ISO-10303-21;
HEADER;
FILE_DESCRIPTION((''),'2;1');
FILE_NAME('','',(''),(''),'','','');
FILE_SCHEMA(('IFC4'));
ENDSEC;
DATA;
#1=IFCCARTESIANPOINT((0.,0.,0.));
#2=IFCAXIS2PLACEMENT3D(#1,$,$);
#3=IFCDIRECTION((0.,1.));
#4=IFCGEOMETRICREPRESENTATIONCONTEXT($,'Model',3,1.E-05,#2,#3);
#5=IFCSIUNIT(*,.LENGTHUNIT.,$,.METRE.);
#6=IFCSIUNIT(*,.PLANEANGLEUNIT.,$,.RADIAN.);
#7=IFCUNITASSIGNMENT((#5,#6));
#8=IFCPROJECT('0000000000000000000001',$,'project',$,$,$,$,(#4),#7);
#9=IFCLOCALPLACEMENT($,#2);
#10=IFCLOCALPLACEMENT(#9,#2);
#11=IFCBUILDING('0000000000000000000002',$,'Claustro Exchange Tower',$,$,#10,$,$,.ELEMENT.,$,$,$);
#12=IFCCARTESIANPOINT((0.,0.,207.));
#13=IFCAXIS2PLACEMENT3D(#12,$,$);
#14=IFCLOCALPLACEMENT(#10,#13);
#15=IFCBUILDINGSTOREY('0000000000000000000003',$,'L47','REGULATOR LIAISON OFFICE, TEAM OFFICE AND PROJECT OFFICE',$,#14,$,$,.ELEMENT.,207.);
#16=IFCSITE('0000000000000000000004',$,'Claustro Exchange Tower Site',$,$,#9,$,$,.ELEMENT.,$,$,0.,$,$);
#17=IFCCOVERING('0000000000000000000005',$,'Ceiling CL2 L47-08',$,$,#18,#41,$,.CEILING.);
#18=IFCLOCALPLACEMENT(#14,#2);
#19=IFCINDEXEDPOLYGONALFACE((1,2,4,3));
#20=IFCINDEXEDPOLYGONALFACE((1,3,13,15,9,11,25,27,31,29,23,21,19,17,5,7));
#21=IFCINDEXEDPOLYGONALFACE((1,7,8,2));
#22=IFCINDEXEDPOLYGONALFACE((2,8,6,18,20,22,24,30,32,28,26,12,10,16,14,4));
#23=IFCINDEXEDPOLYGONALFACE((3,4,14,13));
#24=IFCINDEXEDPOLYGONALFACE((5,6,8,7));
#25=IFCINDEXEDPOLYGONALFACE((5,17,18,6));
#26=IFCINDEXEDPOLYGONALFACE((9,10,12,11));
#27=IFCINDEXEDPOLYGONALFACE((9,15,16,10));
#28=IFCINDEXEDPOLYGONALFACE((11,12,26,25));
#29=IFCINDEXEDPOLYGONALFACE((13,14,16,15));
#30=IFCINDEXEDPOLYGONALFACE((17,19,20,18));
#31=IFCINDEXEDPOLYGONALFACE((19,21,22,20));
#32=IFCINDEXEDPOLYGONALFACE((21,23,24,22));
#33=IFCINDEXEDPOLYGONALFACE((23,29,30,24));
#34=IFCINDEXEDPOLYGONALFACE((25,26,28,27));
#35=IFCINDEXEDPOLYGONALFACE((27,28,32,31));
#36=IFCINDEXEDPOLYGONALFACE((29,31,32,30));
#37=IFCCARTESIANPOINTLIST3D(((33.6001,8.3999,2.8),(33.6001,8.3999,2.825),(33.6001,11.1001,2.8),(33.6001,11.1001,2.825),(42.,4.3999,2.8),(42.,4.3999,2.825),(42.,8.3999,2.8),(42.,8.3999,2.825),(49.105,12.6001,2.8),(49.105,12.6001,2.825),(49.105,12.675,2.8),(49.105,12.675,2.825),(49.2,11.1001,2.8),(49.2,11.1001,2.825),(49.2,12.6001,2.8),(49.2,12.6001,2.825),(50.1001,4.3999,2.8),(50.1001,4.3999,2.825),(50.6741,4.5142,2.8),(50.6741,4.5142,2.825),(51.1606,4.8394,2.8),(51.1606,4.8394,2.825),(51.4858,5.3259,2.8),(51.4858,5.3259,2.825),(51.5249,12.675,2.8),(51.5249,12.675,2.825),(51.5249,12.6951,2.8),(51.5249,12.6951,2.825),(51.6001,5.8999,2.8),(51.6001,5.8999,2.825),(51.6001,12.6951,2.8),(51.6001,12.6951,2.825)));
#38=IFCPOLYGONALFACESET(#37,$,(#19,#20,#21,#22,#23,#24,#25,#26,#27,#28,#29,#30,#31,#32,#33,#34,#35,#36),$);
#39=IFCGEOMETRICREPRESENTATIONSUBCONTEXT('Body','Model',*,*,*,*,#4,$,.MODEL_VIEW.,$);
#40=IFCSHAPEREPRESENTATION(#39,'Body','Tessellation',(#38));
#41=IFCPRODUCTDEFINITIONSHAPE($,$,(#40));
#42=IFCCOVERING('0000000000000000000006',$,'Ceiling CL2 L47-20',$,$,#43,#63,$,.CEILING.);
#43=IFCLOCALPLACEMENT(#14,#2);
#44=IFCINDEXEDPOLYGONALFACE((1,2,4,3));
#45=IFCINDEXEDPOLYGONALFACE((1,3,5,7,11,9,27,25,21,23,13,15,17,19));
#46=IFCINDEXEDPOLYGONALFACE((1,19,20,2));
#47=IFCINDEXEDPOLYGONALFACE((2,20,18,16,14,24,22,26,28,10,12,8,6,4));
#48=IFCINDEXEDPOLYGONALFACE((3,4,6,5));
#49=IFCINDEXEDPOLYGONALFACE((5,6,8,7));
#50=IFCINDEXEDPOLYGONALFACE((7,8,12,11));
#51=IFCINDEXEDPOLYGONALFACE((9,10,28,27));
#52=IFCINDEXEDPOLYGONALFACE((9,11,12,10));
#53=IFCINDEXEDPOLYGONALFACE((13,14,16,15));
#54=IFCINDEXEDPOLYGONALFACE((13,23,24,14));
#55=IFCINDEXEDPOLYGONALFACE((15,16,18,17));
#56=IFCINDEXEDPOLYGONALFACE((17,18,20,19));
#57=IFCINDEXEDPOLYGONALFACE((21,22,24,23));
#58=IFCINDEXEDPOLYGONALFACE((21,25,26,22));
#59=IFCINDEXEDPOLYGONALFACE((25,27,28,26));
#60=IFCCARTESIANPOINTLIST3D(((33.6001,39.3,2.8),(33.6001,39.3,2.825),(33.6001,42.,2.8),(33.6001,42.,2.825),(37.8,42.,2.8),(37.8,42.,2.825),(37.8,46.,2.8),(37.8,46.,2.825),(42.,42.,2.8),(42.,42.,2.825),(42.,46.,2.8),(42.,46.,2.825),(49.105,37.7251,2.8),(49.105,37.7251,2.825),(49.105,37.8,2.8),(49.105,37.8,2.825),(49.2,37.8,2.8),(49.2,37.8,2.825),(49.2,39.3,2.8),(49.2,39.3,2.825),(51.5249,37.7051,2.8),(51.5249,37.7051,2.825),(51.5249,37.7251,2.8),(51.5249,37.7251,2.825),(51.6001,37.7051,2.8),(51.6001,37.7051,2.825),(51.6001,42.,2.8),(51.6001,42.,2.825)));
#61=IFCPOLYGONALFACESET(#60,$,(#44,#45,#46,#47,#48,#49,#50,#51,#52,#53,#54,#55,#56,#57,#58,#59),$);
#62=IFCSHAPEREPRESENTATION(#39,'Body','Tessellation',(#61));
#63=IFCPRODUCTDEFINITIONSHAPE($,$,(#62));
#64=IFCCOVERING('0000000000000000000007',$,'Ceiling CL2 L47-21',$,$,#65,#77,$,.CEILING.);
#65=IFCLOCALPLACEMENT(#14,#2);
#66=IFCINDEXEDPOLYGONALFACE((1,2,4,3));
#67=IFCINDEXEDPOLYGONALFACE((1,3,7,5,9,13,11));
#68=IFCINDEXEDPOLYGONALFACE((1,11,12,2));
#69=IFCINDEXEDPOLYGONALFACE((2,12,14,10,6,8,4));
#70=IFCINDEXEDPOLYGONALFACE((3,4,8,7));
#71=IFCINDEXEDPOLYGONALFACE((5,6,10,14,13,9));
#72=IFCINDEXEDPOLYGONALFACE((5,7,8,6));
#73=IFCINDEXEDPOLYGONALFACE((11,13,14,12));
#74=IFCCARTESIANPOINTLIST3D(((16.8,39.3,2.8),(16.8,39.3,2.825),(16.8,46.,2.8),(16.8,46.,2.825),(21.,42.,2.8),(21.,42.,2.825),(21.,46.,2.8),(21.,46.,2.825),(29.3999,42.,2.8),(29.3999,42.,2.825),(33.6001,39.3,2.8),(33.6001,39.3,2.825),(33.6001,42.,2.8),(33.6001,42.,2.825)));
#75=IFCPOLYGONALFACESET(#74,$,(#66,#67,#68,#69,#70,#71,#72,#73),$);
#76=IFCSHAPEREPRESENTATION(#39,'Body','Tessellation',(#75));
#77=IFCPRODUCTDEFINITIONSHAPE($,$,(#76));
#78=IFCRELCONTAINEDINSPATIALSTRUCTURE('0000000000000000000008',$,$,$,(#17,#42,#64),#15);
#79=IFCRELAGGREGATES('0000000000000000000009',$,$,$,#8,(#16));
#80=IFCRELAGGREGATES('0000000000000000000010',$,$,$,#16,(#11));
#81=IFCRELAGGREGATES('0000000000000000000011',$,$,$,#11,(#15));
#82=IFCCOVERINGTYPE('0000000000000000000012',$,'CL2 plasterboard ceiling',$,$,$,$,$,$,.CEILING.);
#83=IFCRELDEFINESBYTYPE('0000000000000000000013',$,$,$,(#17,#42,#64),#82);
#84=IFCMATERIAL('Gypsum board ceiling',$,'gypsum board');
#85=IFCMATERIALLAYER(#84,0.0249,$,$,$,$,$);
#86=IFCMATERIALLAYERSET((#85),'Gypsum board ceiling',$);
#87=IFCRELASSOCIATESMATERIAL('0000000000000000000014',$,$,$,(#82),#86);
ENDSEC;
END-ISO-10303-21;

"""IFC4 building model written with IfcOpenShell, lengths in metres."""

from ifc_helpers import new_model, si_unit, direction, frame, origin, place, context, subcontext, project, spatial, polyline, outline, extrude, material, layer, layer_set, type_object, element, save


model = new_model("IFC4")

# Units and contexts
model_context = context("Model", 3, precision=1e-05, world=origin(), true_north=direction((0.0, 1.0)))
body_context = subcontext(model_context, "Body", "Model", "MODEL_VIEW")
ifc_project = project(units=[si_unit("LENGTHUNIT", "METRE"), si_unit("PLANEANGLEUNIT", "RADIAN")], contexts=[model_context])

# Site, building, storey
site_placement = place(None, origin())
site = spatial("IfcSite", under=ifc_project, at=site_placement, Name="Claustro Exchange Tower Site", CompositionType="ELEMENT", RefElevation=0.0)
building_placement = place(site_placement, origin())
building = spatial("IfcBuilding", under=site, at=building_placement, Name="Claustro Exchange Tower", CompositionType="ELEMENT")
storey_placement = place(building_placement, frame((0.0, 0.0, 207.0)))
storey = spatial("IfcBuildingStorey", under=building, at=storey_placement, Name="L47", Description="REGULATOR LIAISON OFFICE, TEAM OFFICE AND PROJECT OFFICE", CompositionType="ELEMENT", Elevation=207.0)

# Coverings
ifc_material_1 = material(Name="Gypsum board ceiling", Category="gypsum board")
ifc_layer_1 = layer(ifc_material_1, 0.0249)
ifc_layer_set_1 = layer_set([ifc_layer_1], Name="Gypsum board ceiling")
covering_type_1 = type_object("IfcCoveringType", Name="CL2 plasterboard ceiling", PredefinedType="CEILING", material=ifc_layer_set_1)
covering_1_placement = place(storey_placement, frame((0.0, 0.0, 2.8)))
element("IfcCovering", 1, at=covering_1_placement, inside=storey, type_object=covering_type_1, Name="Ceiling CL2 L47-08", PredefinedType="CEILING", context=body_context, shape_type="SweptSolid", body=[
    extrude(outline(polyline([(51.6001, 5.8999), (51.6001, 12.6951), (51.5249, 12.6951), (51.5249, 12.675), (49.105, 12.675), (49.105, 12.6001), (49.2, 12.6001), (49.2, 11.1001), (33.6001, 11.1001), (33.6001, 8.3999), (42.0, 8.3999), (42.0, 4.3999), (50.1001, 4.3999), (50.6741, 4.5142), (51.1606, 4.8394), (51.4858, 5.3259), (51.6001, 5.8999)])), origin(), (0.0, 0.0, 1.0), 0.0249),
])
covering_2_placement = place(storey_placement, frame((0.0, 0.0, 2.8)))
element("IfcCovering", 2, at=covering_2_placement, inside=storey, type_object=covering_type_1, Name="Ceiling CL2 L47-20", PredefinedType="CEILING", context=body_context, shape_type="SweptSolid", body=[
    extrude(outline(polyline([(51.5249, 37.7251), (51.5249, 37.7051), (51.6001, 37.7051), (51.6001, 42.0), (42.0, 42.0), (42.0, 46.0), (37.8, 46.0), (37.8, 42.0), (33.6001, 42.0), (33.6001, 39.3), (49.2, 39.3), (49.2, 37.8), (49.105, 37.8), (49.105, 37.7251), (51.5249, 37.7251)])), origin(), (0.0, 0.0, 1.0), 0.0249),
])
covering_3_placement = place(storey_placement, frame((0.0, 0.0, 2.8)))
element("IfcCovering", 3, at=covering_3_placement, inside=storey, type_object=covering_type_1, Name="Ceiling CL2 L47-21", PredefinedType="CEILING", context=body_context, shape_type="SweptSolid", body=[
    extrude(outline(polyline([(21.0, 46.0), (16.8, 46.0), (16.8, 39.3), (33.6001, 39.3), (33.6001, 42.0), (29.3999, 42.0), (21.0, 42.0), (21.0, 46.0)])), origin(), (0.0, 0.0, 1.0), 0.0249),
])

save(model, "model.ifc")
